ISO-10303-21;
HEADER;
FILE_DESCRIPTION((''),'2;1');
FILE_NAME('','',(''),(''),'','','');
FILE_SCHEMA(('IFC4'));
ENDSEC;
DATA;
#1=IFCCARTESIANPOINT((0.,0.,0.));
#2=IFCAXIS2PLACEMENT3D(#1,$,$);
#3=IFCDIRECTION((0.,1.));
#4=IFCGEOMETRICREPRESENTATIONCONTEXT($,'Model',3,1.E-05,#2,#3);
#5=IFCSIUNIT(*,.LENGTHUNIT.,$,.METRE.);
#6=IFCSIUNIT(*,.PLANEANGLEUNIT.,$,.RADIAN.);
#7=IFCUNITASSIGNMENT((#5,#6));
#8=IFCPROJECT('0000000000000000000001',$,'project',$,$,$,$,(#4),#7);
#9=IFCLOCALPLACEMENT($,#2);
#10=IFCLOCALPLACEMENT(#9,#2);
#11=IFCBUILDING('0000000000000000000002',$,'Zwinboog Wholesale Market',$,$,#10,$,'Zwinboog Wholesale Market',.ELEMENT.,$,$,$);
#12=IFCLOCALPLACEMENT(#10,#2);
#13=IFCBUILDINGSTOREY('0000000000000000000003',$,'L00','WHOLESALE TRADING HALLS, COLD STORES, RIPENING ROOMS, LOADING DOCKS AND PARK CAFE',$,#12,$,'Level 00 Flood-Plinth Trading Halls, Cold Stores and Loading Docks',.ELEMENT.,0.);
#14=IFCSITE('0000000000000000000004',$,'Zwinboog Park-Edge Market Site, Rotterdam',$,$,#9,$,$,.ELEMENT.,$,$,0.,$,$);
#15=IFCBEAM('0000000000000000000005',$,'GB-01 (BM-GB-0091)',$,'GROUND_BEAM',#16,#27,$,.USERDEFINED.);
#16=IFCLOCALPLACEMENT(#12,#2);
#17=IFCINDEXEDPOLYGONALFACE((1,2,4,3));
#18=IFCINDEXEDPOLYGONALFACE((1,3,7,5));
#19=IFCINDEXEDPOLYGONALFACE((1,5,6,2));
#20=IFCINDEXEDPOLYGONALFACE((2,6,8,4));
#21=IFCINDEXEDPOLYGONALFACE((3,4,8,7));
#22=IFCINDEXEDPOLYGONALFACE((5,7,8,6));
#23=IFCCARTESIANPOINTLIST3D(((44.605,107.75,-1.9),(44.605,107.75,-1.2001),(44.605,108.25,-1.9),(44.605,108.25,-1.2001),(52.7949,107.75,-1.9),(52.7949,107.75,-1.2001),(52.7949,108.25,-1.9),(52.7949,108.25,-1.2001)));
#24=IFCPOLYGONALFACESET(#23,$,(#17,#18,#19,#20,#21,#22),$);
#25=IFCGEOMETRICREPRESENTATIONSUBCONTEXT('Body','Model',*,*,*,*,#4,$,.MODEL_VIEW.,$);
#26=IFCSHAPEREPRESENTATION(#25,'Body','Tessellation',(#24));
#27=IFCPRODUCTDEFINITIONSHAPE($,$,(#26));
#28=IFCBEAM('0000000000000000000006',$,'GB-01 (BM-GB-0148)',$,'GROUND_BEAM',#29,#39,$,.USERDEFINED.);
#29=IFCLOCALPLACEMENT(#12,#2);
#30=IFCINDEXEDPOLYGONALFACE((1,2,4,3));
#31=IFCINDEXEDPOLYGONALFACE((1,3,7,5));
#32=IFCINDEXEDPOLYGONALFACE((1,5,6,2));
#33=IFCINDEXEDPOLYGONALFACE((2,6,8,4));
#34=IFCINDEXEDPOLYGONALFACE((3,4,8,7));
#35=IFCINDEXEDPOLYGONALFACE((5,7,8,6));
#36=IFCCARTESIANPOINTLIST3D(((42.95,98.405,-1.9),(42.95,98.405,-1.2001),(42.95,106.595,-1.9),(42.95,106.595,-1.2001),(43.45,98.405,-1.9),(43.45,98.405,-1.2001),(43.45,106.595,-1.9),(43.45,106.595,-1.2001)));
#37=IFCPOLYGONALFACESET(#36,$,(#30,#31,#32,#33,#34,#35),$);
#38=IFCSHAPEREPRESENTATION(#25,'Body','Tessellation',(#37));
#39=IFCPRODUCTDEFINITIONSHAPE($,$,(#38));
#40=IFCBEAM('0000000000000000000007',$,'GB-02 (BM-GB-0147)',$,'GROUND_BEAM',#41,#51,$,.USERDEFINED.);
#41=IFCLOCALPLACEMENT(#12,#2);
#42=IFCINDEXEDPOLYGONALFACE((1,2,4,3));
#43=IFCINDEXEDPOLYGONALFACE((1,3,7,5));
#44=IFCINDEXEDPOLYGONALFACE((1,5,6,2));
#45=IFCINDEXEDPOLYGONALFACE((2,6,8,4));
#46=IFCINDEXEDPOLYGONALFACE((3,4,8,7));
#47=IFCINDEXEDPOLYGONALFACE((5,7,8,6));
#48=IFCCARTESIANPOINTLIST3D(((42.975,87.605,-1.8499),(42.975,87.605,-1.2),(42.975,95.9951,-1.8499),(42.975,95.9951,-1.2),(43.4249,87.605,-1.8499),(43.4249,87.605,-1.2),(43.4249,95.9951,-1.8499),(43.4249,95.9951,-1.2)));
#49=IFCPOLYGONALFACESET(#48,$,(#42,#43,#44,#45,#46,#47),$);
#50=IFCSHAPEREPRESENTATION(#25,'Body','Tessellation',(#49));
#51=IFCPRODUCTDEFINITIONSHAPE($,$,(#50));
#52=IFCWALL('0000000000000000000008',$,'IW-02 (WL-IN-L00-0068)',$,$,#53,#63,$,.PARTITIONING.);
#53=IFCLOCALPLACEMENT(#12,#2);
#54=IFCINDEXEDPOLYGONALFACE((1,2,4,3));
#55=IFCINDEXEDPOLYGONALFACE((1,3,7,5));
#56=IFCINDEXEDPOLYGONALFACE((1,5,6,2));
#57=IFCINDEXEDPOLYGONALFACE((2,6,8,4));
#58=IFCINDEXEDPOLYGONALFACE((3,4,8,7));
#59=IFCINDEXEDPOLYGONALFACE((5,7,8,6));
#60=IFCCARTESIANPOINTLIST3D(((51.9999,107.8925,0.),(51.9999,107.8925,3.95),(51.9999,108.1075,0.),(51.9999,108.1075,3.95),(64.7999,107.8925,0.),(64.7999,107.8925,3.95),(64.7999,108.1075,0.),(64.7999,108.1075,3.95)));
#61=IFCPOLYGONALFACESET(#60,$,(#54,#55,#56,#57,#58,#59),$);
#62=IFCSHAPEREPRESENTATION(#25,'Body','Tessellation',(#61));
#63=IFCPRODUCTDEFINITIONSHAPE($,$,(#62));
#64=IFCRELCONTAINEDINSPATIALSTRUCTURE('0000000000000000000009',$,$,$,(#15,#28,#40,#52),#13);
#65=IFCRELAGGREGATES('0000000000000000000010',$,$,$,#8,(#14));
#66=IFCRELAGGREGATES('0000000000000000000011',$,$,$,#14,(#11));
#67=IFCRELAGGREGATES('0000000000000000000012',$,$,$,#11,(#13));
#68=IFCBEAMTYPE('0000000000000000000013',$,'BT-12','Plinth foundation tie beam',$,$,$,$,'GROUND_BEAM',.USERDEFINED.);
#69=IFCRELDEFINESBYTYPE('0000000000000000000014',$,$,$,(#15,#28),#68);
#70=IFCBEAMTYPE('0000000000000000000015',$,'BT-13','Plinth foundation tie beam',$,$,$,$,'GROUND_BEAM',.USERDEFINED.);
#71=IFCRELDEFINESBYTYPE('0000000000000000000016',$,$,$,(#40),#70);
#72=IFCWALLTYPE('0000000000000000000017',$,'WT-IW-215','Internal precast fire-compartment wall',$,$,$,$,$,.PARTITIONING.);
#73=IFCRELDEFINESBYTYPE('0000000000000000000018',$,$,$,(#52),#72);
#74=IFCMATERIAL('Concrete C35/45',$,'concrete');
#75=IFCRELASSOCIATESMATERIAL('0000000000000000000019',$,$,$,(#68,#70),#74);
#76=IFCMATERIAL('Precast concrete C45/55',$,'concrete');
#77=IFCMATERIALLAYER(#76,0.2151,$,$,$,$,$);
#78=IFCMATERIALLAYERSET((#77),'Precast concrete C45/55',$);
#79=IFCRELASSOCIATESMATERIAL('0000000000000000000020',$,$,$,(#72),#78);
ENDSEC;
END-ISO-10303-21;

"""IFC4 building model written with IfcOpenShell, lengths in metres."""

from ifc_helpers import new_model, si_unit, direction, frame, frame_2d, origin, origin_2d, place, context, subcontext, project, spatial, rectangle, extrude, material, layer, layer_set, material_profile, profile_set, type_object, element, save


model = new_model("IFC4")

# Units and contexts
model_context = context("Model", 3, precision=1e-05, world=origin(), true_north=direction((0.0, 1.0)))
body_context = subcontext(model_context, "Body", "Model", "MODEL_VIEW")
ifc_project = project(units=[si_unit("LENGTHUNIT", "METRE"), si_unit("PLANEANGLEUNIT", "RADIAN")], contexts=[model_context])

# Site, building, storey
site_placement = place(None, origin())
site = spatial("IfcSite", under=ifc_project, at=site_placement, Name="Zwinboog Park-Edge Market Site, Rotterdam", CompositionType="ELEMENT", RefElevation=0.0)
building_placement = place(site_placement, origin())
building = spatial("IfcBuilding", under=site, at=building_placement, Name="Zwinboog Wholesale Market", LongName="Zwinboog Wholesale Market", CompositionType="ELEMENT")
storey_placement = place(building_placement, origin())
storey = spatial("IfcBuildingStorey", under=building, at=storey_placement, Name="L00", Description="WHOLESALE TRADING HALLS, COLD STORES, RIPENING ROOMS, LOADING DOCKS AND PARK CAFE", LongName="Level 00 Flood-Plinth Trading Halls, Cold Stores and Loading Docks", CompositionType="ELEMENT", Elevation=0.0)

# Shared definitions
ifc_material_1 = material(Name="Concrete C35/45", Category="concrete")

# Shared definitions
ifc_material_2 = material(Name="Precast concrete C45/55", Category="concrete")

# Beams
ifc_material_profile_1 = material_profile(ifc_material_1, rectangle(XDim=0.5, YDim=0.7, at=origin_2d()), Name="RC 500x700")
ifc_profile_set_1 = profile_set([ifc_material_profile_1], Name="Concrete C35/45")
beam_type_1 = type_object("IfcBeamType", Name="BT-12", Description="Plinth foundation tie beam", ElementType="GROUND_BEAM", PredefinedType="USERDEFINED", material=ifc_profile_set_1)
for number, where, z_axis, x_axis, name in (
    (1, (44.605, 108.0, -1.55), (1.0, 0.0, 0.0), (0.0, 1.0, 0.0), "GB-01 (BM-GB-0091)"),
    (2, (43.2, 98.405, -1.55), (0.0, 1.0, 0.0), (-1.0, 0.0, 0.0), "GB-01 (BM-GB-0148)"),
):
    element("IfcBeam", number, at=place(storey_placement, frame(where, z_axis=z_axis, x_axis=x_axis)), inside=storey, type_object=beam_type_1, Name=name, ObjectType="GROUND_BEAM", PredefinedType="USERDEFINED", context=body_context, shape_type="SweptSolid", body=[
        extrude(rectangle(XDim=0.5, YDim=0.7, at=origin_2d()), origin(), (0.0, 0.0, 1.0), 8.1899),
    ])
ifc_material_profile_2 = material_profile(ifc_material_1, rectangle(XDim=0.45, YDim=0.6499, at=origin_2d()), Name="RC 450x650")
ifc_profile_set_2 = profile_set([ifc_material_profile_2], Name="Concrete C35/45")
beam_type_2 = type_object("IfcBeamType", Name="BT-13", Description="Plinth foundation tie beam", ElementType="GROUND_BEAM", PredefinedType="USERDEFINED", material=ifc_profile_set_2)
beam_1_placement = place(storey_placement, frame((43.2, 87.605, -1.5249), z_axis=(0.0, 1.0, 0.0), x_axis=(-1.0, 0.0, 0.0)))
element("IfcBeam", 3, at=beam_1_placement, inside=storey, type_object=beam_type_2, Name="GB-02 (BM-GB-0147)", ObjectType="GROUND_BEAM", PredefinedType="USERDEFINED", context=body_context, shape_type="SweptSolid", body=[
    extrude(rectangle(XDim=0.45, YDim=0.6499, at=origin_2d()), origin(), (0.0, 0.0, 1.0), 8.3901),
])

# Wall
ifc_layer = layer(ifc_material_2, 0.2151)
ifc_layer_set = layer_set([ifc_layer], Name="Precast concrete C45/55")
wall_type = type_object("IfcWallType", Name="WT-IW-215", Description="Internal precast fire-compartment wall", PredefinedType="PARTITIONING", material=ifc_layer_set)
wall_placement = place(storey_placement, frame((52.0, 108.0, 0.0), z_axis=(0.0, 0.0, 1.0), x_axis=(1.0, 0.0, 0.0)))
element("IfcWall", 4, at=wall_placement, inside=storey, type_object=wall_type, Name="IW-02 (WL-IN-L00-0068)", PredefinedType="PARTITIONING", context=body_context, shape_type="SweptSolid", body=[
    extrude(rectangle(XDim=12.8, YDim=0.2151, at=frame_2d((6.3999, 0.0))), origin(), (0.0, 0.0, 1.0), 3.95),
])

save(model, "model.ifc")
